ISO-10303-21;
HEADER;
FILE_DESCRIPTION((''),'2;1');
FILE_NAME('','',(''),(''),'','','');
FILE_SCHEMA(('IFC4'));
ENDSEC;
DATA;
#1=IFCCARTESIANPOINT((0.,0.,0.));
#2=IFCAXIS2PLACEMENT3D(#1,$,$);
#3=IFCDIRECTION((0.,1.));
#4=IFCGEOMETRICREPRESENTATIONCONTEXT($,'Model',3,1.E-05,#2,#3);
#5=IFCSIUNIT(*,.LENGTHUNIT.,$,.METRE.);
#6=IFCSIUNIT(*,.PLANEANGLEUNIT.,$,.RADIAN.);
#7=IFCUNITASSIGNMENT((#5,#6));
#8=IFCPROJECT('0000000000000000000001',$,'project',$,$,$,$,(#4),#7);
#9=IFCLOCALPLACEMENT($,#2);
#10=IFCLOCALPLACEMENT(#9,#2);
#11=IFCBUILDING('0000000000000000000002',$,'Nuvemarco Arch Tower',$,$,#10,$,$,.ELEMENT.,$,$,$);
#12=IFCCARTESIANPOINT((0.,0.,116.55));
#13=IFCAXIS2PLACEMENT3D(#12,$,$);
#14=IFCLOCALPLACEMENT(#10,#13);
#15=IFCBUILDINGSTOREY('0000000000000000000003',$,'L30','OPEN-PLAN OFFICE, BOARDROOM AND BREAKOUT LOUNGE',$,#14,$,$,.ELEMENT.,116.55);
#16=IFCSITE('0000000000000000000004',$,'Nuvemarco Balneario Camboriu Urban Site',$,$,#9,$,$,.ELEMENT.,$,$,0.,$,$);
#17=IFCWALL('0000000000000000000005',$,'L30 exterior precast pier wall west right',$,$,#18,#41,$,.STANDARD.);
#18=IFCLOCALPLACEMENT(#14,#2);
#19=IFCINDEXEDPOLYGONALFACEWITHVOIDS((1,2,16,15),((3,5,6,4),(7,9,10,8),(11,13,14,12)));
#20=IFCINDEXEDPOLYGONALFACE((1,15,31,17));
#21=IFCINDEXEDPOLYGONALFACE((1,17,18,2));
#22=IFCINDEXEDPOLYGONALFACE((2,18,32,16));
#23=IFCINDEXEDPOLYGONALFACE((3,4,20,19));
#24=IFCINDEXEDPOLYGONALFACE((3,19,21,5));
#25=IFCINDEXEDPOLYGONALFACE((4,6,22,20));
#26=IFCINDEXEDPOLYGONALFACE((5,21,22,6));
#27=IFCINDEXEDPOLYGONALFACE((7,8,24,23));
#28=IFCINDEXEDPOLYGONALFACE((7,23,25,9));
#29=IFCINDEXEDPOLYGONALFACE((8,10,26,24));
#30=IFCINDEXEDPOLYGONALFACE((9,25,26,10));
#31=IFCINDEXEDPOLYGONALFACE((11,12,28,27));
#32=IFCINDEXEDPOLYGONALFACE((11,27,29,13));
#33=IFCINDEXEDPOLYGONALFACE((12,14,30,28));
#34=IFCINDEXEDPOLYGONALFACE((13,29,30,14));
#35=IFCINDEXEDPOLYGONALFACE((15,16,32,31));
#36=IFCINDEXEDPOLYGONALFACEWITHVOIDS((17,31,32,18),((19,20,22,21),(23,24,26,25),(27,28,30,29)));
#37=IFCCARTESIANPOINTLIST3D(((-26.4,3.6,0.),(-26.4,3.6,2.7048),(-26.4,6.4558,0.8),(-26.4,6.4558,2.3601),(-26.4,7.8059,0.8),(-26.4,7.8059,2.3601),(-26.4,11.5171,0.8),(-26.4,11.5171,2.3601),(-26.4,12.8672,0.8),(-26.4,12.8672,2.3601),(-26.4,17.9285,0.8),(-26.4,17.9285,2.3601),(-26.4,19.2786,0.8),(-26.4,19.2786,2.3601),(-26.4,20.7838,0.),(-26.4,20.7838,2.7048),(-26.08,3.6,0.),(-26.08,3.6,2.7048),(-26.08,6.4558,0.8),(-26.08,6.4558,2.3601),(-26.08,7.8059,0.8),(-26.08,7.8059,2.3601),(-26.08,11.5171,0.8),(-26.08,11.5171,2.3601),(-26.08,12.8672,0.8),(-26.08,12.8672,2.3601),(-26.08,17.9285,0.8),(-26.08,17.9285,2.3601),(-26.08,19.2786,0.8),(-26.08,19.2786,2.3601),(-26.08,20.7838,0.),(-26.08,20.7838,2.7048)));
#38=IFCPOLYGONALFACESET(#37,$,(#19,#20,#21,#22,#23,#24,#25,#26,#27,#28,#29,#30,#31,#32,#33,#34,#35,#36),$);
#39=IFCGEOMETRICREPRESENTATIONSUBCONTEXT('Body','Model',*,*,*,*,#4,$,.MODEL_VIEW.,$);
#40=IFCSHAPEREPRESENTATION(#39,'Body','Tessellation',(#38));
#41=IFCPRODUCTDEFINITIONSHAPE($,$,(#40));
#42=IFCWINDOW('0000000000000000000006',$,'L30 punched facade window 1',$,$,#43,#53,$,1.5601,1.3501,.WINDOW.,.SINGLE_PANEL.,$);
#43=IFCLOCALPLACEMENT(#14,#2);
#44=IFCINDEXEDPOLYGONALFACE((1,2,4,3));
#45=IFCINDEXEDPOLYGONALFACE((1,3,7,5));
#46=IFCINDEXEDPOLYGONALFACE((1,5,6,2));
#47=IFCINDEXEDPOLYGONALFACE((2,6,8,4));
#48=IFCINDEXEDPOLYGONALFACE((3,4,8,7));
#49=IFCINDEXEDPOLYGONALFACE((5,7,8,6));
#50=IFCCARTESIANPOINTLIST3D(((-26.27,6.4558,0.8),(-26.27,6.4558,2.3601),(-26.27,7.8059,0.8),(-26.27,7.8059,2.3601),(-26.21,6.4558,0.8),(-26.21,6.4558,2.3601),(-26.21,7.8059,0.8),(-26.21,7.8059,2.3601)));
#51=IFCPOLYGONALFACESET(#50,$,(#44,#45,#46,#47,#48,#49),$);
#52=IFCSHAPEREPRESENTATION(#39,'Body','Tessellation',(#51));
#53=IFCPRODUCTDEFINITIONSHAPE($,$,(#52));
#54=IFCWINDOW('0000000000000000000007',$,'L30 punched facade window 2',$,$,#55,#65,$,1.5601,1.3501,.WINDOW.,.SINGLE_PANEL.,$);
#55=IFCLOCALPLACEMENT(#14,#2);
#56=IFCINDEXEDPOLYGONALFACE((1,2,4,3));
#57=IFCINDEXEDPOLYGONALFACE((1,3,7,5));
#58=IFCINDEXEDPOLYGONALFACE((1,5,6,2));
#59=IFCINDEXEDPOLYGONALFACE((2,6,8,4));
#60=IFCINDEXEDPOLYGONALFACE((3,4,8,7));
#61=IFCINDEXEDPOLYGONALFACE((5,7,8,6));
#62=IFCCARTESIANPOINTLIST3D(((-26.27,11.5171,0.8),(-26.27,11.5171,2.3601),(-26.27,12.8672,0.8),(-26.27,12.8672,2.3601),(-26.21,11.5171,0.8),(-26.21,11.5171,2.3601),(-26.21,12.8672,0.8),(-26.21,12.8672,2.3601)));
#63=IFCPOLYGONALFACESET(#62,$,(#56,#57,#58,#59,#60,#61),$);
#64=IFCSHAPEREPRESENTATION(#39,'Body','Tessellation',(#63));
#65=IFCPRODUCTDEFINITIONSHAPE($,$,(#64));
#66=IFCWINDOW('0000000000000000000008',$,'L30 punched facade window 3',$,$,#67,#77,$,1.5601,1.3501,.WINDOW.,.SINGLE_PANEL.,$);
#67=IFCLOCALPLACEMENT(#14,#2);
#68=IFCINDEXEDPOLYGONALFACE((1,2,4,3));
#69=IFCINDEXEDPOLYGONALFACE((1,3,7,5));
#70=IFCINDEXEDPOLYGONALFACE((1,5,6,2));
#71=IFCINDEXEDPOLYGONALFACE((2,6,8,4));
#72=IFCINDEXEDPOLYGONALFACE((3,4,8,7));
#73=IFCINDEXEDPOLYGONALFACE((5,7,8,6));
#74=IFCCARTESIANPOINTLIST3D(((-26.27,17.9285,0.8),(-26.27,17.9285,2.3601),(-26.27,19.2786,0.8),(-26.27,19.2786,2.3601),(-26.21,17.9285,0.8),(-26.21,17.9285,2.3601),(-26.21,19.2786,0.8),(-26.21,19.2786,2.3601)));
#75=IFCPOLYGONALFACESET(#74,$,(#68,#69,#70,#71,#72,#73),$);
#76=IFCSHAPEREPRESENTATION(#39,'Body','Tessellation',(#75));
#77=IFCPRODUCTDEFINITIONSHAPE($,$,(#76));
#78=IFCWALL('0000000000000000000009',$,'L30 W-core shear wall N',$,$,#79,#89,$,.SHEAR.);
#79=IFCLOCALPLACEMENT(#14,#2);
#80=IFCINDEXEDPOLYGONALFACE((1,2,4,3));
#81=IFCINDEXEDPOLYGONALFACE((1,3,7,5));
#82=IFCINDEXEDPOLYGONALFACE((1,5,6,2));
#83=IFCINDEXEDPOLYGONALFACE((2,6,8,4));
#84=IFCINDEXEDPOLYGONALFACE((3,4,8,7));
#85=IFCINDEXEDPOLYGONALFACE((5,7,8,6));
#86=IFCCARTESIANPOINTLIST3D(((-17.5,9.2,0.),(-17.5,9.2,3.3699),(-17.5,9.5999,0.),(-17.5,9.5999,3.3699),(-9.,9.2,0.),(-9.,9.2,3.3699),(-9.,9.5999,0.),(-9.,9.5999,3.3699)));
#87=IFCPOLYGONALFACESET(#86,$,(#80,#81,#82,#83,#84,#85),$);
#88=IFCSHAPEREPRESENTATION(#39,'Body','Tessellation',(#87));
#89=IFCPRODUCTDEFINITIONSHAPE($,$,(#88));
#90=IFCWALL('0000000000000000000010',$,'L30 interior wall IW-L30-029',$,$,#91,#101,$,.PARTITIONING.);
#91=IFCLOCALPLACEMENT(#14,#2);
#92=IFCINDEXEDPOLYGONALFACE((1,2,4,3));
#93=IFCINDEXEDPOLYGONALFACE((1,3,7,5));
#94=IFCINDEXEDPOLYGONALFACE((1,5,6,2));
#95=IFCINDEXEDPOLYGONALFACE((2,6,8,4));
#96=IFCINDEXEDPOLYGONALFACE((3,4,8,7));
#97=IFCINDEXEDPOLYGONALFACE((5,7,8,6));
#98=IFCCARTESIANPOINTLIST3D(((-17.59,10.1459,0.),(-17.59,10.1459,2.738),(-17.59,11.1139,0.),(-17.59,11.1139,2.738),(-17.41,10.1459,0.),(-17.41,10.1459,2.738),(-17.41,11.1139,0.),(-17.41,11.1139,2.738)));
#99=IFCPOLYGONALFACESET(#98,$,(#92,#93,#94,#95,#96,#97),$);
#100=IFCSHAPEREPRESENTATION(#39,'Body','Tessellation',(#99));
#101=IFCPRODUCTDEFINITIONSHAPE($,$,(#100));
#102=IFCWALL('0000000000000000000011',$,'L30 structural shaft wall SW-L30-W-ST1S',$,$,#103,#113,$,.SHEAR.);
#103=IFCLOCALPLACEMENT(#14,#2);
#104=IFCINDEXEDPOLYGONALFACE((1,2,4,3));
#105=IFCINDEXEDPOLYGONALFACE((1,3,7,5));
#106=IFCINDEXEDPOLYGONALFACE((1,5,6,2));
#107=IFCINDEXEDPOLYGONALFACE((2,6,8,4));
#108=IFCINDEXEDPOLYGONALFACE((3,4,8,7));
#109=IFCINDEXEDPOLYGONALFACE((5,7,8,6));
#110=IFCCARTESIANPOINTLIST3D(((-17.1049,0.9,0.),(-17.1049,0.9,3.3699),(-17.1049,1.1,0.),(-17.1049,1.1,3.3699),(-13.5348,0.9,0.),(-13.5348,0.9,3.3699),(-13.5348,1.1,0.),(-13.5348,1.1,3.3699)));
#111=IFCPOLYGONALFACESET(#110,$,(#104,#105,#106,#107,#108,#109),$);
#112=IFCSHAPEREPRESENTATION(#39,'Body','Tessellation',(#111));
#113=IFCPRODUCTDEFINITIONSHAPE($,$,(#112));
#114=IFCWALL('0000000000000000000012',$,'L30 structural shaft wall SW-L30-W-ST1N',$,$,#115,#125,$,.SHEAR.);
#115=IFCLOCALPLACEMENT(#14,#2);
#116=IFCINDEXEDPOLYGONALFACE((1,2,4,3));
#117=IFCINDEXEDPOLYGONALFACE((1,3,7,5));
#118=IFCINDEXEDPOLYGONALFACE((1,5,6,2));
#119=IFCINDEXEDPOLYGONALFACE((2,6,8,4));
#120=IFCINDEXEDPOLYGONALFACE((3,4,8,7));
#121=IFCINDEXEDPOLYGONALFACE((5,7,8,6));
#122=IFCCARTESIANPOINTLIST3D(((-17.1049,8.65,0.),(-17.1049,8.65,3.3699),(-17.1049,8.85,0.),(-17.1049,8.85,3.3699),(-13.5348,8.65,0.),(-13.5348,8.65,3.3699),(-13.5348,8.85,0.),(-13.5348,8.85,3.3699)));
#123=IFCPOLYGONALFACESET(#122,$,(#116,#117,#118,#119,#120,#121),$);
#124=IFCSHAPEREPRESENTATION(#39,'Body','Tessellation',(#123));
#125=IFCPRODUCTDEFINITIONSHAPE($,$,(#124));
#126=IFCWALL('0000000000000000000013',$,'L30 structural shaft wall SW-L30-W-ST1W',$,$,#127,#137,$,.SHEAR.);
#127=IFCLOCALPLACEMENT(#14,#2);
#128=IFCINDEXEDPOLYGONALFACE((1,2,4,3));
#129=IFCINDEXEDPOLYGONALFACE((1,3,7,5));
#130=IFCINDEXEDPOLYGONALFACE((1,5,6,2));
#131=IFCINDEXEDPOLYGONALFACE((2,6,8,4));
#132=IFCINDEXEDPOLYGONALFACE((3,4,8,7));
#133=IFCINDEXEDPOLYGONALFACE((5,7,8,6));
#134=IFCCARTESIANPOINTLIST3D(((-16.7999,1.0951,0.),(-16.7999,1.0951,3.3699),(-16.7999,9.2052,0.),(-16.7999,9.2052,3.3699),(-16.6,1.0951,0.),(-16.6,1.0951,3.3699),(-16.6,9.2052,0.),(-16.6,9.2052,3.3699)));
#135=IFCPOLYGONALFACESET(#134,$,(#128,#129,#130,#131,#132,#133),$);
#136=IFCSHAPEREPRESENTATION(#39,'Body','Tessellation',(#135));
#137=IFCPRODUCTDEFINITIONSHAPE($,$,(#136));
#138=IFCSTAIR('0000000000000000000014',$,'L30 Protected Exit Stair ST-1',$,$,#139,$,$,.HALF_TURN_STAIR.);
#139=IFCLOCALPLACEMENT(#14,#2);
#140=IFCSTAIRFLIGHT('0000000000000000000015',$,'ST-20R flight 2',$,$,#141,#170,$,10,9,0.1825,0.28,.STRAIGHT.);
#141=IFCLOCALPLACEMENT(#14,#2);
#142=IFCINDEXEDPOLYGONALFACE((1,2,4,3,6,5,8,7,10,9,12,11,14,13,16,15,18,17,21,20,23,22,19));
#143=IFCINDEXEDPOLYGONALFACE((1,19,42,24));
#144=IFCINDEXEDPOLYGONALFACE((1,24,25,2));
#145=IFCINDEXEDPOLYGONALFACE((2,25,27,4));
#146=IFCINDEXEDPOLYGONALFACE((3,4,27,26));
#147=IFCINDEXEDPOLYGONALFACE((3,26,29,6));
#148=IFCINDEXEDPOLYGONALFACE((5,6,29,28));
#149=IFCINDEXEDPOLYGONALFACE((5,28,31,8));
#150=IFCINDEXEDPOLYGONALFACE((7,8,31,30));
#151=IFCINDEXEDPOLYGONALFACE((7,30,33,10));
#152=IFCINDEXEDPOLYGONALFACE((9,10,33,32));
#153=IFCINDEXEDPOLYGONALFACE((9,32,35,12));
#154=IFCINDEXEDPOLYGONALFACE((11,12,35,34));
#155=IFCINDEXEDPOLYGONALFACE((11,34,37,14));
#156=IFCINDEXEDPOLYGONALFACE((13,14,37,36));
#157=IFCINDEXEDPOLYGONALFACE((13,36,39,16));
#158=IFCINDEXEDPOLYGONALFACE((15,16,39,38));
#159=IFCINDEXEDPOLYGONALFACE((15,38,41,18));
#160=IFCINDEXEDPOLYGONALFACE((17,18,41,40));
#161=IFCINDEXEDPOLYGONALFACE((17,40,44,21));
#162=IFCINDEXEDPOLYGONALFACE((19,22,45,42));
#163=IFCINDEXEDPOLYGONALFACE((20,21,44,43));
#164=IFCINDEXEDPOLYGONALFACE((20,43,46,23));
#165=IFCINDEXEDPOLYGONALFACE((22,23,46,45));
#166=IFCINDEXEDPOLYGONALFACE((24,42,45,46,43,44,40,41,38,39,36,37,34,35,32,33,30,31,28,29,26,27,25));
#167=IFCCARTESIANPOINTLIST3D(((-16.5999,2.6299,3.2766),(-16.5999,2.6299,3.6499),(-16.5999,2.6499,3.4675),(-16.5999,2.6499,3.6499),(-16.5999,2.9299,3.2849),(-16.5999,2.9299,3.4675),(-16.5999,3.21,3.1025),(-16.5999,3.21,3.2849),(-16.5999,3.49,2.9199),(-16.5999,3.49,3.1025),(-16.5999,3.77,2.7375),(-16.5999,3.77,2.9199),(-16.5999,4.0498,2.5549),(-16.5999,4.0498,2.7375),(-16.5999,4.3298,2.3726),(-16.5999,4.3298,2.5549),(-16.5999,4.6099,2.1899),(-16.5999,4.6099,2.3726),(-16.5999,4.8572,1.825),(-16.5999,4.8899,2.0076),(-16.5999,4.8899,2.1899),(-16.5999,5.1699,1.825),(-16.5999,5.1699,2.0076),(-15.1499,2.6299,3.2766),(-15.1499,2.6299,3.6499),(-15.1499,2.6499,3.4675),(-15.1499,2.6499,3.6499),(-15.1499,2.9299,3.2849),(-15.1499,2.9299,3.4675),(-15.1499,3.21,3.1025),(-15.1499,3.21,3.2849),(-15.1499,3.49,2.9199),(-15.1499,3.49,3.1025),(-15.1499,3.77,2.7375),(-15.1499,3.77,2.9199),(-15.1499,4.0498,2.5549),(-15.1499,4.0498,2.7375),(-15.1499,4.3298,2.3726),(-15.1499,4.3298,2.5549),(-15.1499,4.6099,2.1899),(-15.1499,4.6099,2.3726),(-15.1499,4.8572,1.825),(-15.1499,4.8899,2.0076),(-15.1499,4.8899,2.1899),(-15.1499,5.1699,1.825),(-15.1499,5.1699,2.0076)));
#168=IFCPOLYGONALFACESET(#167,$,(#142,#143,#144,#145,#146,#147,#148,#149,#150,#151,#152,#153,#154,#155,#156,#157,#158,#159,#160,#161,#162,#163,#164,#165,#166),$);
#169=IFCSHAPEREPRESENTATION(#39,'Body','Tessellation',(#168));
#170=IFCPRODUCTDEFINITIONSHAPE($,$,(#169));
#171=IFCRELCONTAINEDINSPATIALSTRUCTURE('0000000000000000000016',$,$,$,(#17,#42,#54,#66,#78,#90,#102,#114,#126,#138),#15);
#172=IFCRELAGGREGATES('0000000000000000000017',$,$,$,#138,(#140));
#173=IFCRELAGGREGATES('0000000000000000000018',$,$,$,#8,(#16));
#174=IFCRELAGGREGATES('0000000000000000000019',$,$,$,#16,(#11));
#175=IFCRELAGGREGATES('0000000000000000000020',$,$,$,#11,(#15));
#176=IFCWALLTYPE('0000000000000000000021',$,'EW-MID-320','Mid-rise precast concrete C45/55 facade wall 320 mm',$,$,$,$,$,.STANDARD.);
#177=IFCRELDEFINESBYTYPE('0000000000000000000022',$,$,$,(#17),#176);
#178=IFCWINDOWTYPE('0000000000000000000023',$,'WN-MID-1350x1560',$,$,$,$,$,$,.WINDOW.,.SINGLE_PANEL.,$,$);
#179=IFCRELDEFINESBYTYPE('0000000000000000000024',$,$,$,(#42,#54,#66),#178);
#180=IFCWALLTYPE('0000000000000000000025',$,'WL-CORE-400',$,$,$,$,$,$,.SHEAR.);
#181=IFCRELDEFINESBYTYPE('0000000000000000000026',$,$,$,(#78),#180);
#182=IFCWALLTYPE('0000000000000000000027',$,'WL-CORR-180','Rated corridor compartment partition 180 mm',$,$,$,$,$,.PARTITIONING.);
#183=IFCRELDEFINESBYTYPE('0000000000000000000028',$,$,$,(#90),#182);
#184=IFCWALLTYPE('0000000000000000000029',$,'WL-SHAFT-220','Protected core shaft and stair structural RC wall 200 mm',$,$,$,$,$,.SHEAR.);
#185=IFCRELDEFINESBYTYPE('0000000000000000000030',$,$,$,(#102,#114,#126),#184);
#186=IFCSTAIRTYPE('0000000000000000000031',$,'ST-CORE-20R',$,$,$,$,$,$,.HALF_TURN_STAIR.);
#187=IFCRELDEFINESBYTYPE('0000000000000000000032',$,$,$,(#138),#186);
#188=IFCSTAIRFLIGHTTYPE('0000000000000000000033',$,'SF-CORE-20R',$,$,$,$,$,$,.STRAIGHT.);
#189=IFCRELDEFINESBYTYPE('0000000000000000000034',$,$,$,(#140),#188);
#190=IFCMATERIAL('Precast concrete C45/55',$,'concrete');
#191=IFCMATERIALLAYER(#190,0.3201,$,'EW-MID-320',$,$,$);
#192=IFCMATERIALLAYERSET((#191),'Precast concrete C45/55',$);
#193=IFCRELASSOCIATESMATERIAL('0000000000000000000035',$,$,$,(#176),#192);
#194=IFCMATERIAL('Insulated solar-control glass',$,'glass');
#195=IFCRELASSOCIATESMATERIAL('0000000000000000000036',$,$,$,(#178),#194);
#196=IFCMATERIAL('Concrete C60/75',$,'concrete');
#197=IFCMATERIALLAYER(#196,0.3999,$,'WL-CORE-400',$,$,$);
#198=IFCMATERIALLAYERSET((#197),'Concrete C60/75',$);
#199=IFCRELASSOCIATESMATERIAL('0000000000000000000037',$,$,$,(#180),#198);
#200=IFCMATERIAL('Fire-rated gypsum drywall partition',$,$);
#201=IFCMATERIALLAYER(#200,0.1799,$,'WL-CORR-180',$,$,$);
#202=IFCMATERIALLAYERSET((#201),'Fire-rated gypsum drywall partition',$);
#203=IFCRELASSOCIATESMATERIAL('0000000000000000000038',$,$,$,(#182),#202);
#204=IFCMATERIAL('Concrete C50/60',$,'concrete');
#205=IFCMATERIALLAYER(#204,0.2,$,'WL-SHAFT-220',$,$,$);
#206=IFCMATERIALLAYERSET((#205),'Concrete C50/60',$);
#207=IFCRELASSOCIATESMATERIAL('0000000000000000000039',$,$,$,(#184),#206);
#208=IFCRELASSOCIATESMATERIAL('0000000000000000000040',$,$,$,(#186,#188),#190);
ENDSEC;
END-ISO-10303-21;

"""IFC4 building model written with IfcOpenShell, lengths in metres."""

from ifc_helpers import new_model, si_unit, direction, frame, frame_2d, origin, place, context, subcontext, project, spatial, polyline, rectangle, outline, extrude, source, transform, mapped, material, layer, layer_set, type_object, type_shapes, element, fill, aggregate, save


model = new_model("IFC4")

# Units and contexts
model_context = context("Model", 3, precision=1e-05, world=origin(), true_north=direction((0.0, 1.0)))
body_context = subcontext(model_context, "Body", "Model", "MODEL_VIEW")
ifc_project = project(units=[si_unit("LENGTHUNIT", "METRE"), si_unit("PLANEANGLEUNIT", "RADIAN")], contexts=[model_context])

# Site, building, storey
site_placement = place(None, origin())
site = spatial("IfcSite", under=ifc_project, at=site_placement, Name="Nuvemarco Balneario Camboriu Urban Site", CompositionType="ELEMENT", RefElevation=0.0)
building_placement = place(site_placement, origin())
building = spatial("IfcBuilding", under=site, at=building_placement, Name="Nuvemarco Arch Tower", CompositionType="ELEMENT")
storey_placement = place(building_placement, frame((0.0, 0.0, 116.55)))
storey = spatial("IfcBuildingStorey", under=building, at=storey_placement, Name="L30", Description="OPEN-PLAN OFFICE, BOARDROOM AND BREAKOUT LOUNGE", CompositionType="ELEMENT", Elevation=116.55)

# Shared definitions
ifc_material_1 = material(Name="Concrete C60/75", Category="concrete")

# Shared definitions
ifc_material_2 = material(Name="Precast concrete C45/55", Category="concrete")

# Wall, openings, windows
ifc_layer_1 = layer(ifc_material_2, 0.3201, Name="EW-MID-320")
ifc_layer_set_1 = layer_set([ifc_layer_1], Name="Precast concrete C45/55")
wall_type_1 = type_object("IfcWallType", Name="EW-MID-320", Description="Mid-rise precast concrete C45/55 facade wall 320 mm", PredefinedType="STANDARD", material=ifc_layer_set_1)
wall_1_placement = place(storey_placement, frame((-26.24, 3.6001, 0.0), z_axis=(0.0, 0.0, 1.0), x_axis=(0.0, 1.0, 0.0)))
wall_1 = element("IfcWall", 1, at=wall_1_placement, inside=storey, type_object=wall_type_1, Name="L30 exterior precast pier wall west right", PredefinedType="STANDARD", context=body_context, shape_type="SweptSolid", body=[
    extrude(rectangle(XDim=17.1838, YDim=0.3201, at=frame_2d((8.5918, 0.0))), origin(), (0.0, 0.0, 1.0), 2.7048),
])
opening_1_placement = place(wall_1_placement, frame((2.8557, 0.0, 0.8)))
opening_1 = element("IfcOpeningElement", 2, at=opening_1_placement, cuts=wall_1, PredefinedType="OPENING", context=body_context, shape_type="SweptSolid", body=[
    extrude(rectangle(XDim=1.3501, YDim=1.5601, at=frame_2d((0.675, 0.78))), frame((0.0, 0.1699, 0.0), z_axis=(0.0, -1.0, 0.0), x_axis=(1.0, 0.0, 0.0)), (0.0, 0.0, 1.0), 0.3401),
])
opening_2_placement = place(wall_1_placement, frame((7.917, 0.0, 0.8)))
opening_2 = element("IfcOpeningElement", 3, at=opening_2_placement, cuts=wall_1, PredefinedType="OPENING", context=body_context, shape_type="SweptSolid", body=[
    extrude(rectangle(XDim=1.3501, YDim=1.5601, at=frame_2d((0.675, 0.78))), frame((0.0, 0.1699, 0.0), z_axis=(0.0, -1.0, 0.0), x_axis=(1.0, 0.0, 0.0)), (0.0, 0.0, 1.0), 0.3401),
])
opening_3_placement = place(wall_1_placement, frame((14.3284, 0.0, 0.8)))
opening_3 = element("IfcOpeningElement", 4, at=opening_3_placement, cuts=wall_1, PredefinedType="OPENING", context=body_context, shape_type="SweptSolid", body=[
    extrude(rectangle(XDim=1.3501, YDim=1.5601, at=frame_2d((0.675, 0.78))), frame((0.0, 0.1699, 0.0), z_axis=(0.0, -1.0, 0.0), x_axis=(1.0, 0.0, 0.0)), (0.0, 0.0, 1.0), 0.3401),
])
ifc_material_3 = material(Name="Insulated solar-control glass", Category="glass")
window_type = type_object("IfcWindowType", Name="WN-MID-1350x1560", PartitioningType="SINGLE_PANEL", PredefinedType="WINDOW", material=ifc_material_3)
shared_shape_1 = source(origin(), body_context, "Body", "SweptSolid", [
    extrude(rectangle(XDim=1.3501, YDim=1.5601, at=frame_2d((0.675, 0.78))), frame((0.0, 0.03, 0.0), z_axis=(0.0, -1.0, 0.0), x_axis=(1.0, 0.0, 0.0)), (0.0, 0.0, 1.0), 0.0601),
])
type_shapes(window_type, [shared_shape_1])
window_1_placement = place(opening_1_placement, origin())
window_1 = element("IfcWindow", 5, at=window_1_placement, inside=storey, type_object=window_type, Name="L30 punched facade window 1", OverallHeight=1.5601, OverallWidth=1.3501, PartitioningType="SINGLE_PANEL", PredefinedType="WINDOW", context=body_context, shape_type="MappedRepresentation", body=[
    mapped(shared_shape_1, transform((0.0, 0.0, 0.0), scale=1.0)),
])
fill(opening_1, window_1)
window_2_placement = place(opening_2_placement, origin())
window_2 = element("IfcWindow", 6, at=window_2_placement, inside=storey, type_object=window_type, Name="L30 punched facade window 2", OverallHeight=1.5601, OverallWidth=1.3501, PartitioningType="SINGLE_PANEL", PredefinedType="WINDOW", context=body_context, shape_type="MappedRepresentation", body=[
    mapped(shared_shape_1, transform((0.0, 0.0, 0.0), scale=1.0)),
])
fill(opening_2, window_2)
window_3_placement = place(opening_3_placement, origin())
window_3 = element("IfcWindow", 7, at=window_3_placement, inside=storey, type_object=window_type, Name="L30 punched facade window 3", OverallHeight=1.5601, OverallWidth=1.3501, PartitioningType="SINGLE_PANEL", PredefinedType="WINDOW", context=body_context, shape_type="MappedRepresentation", body=[
    mapped(shared_shape_1, transform((0.0, 0.0, 0.0), scale=1.0)),
])
fill(opening_3, window_3)

# Walls
ifc_layer_2 = layer(ifc_material_1, 0.3999, Name="WL-CORE-400")
ifc_layer_set_2 = layer_set([ifc_layer_2], Name="Concrete C60/75")
wall_type_2 = type_object("IfcWallType", Name="WL-CORE-400", PredefinedType="SHEAR", material=ifc_layer_set_2)
wall_2_placement = place(storey_placement, frame((-17.5, 9.3999, 0.0), z_axis=(0.0, 0.0, 1.0), x_axis=(1.0, 0.0, 0.0)))
element("IfcWall", 8, at=wall_2_placement, inside=storey, type_object=wall_type_2, Name="L30 W-core shear wall N", PredefinedType="SHEAR", context=body_context, shape_type="SweptSolid", body=[
    extrude(rectangle(XDim=8.5, YDim=0.3999, at=frame_2d((4.25, 0.0))), origin(), (0.0, 0.0, 1.0), 3.3699),
])
ifc_material_4 = material(Name="Fire-rated gypsum drywall partition")
ifc_layer_3 = layer(ifc_material_4, 0.1799, Name="WL-CORR-180")
ifc_layer_set_3 = layer_set([ifc_layer_3], Name="Fire-rated gypsum drywall partition")
wall_type_3 = type_object("IfcWallType", Name="WL-CORR-180", Description="Rated corridor compartment partition 180 mm", PredefinedType="PARTITIONING", material=ifc_layer_set_3)
wall_3_placement = place(storey_placement, frame((-17.5, 10.146, 0.0), z_axis=(0.0, 0.0, 1.0), x_axis=(0.0, 1.0, 0.0)))
element("IfcWall", 9, at=wall_3_placement, inside=storey, type_object=wall_type_3, Name="L30 interior wall IW-L30-029", PredefinedType="PARTITIONING", context=body_context, shape_type="SweptSolid", body=[
    extrude(rectangle(XDim=0.968, YDim=0.1799, at=frame_2d((0.4839, 0.0))), origin(), (0.0, 0.0, 1.0), 2.738),
])
ifc_material_5 = material(Name="Concrete C50/60", Category="concrete")
ifc_layer_4 = layer(ifc_material_5, 0.2, Name="WL-SHAFT-220")
ifc_layer_set_4 = layer_set([ifc_layer_4], Name="Concrete C50/60")
wall_type_4 = type_object("IfcWallType", Name="WL-SHAFT-220", Description="Protected core shaft and stair structural RC wall 200 mm", PredefinedType="SHEAR", material=ifc_layer_set_4)
for number, where, z_axis, x_axis, name in (
    (10, (-17.105, 1.0, 0.0), (0.0, 0.0, 1.0), (1.0, 0.0, 0.0), "L30 structural shaft wall SW-L30-W-ST1S"),
    (11, (-17.105, 8.75, 0.0), (0.0, 0.0, 1.0), (1.0, 0.0, 0.0), "L30 structural shaft wall SW-L30-W-ST1N"),
):
    element("IfcWall", number, at=place(storey_placement, frame(where, z_axis=z_axis, x_axis=x_axis)), inside=storey, type_object=wall_type_4, Name=name, PredefinedType="SHEAR", context=body_context, shape_type="SweptSolid", body=[
        extrude(rectangle(XDim=3.5701, YDim=0.2, at=frame_2d((1.7852, 0.0))), origin(), (0.0, 0.0, 1.0), 3.3699),
    ])
wall_4_placement = place(storey_placement, frame((-16.7, 1.095, 0.0), z_axis=(0.0, 0.0, 1.0), x_axis=(0.0, 1.0, 0.0)))
element("IfcWall", 12, at=wall_4_placement, inside=storey, type_object=wall_type_4, Name="L30 structural shaft wall SW-L30-W-ST1W", PredefinedType="SHEAR", context=body_context, shape_type="SweptSolid", body=[
    extrude(rectangle(XDim=8.1101, YDim=0.2, at=frame_2d((4.0552, 0.0))), origin(), (0.0, 0.0, 1.0), 3.3699),
])

# Stair, stair flight
stair_type = type_object("IfcStairType", Name="ST-CORE-20R", PredefinedType="HALF_TURN_STAIR", material=ifc_material_2)
stair_placement = place(storey_placement, origin())
stair = element("IfcStair", 13, at=stair_placement, inside=storey, type_object=stair_type, Name="L30 Protected Exit Stair ST-1", PredefinedType="HALF_TURN_STAIR")
stair_flight_type = type_object("IfcStairFlightType", Name="SF-CORE-20R", PredefinedType="STRAIGHT", material=ifc_material_2)
stair_flight_placement = place(storey_placement, frame((-15.875, 5.1699, 1.825), z_axis=(0.0, 0.0, 1.0), x_axis=(0.0, -1.0, 0.0)))
stair_flight = element("IfcStairFlight", 14, at=stair_flight_placement, type_object=stair_flight_type, Name="ST-20R flight 2", NumberOfRisers=10, NumberOfTreads=9, PredefinedType="STRAIGHT", RiserHeight=0.1825, TreadLength=0.28, context=body_context, shape_type="SweptSolid", body=[
    extrude(outline(polyline([(0.0, 0.0), (0.0, 0.1826), (0.28, 0.1826), (0.28, 0.365), (0.5601, 0.365), (0.5601, 0.5476), (0.8401, 0.5476), (0.8401, 0.73), (1.1201, 0.73), (1.1201, 0.9126), (1.3999, 0.9126), (1.3999, 1.095), (1.6799, 1.095), (1.6799, 1.2776), (1.96, 1.2776), (1.96, 1.46), (2.24, 1.46), (2.24, 1.6426), (2.52, 1.6426), (2.52, 1.825), (2.54, 1.825), (2.54, 1.4517), (0.3127, 0.0), (0.0, 0.0)])), frame((0.0, 0.7251, 0.0), z_axis=(0.0, -1.0, 0.0), x_axis=(1.0, 0.0, 0.0)), (0.0, 0.0, 1.0), 1.45),
])
aggregate(stair, [stair_flight])

save(model, "model.ifc")
